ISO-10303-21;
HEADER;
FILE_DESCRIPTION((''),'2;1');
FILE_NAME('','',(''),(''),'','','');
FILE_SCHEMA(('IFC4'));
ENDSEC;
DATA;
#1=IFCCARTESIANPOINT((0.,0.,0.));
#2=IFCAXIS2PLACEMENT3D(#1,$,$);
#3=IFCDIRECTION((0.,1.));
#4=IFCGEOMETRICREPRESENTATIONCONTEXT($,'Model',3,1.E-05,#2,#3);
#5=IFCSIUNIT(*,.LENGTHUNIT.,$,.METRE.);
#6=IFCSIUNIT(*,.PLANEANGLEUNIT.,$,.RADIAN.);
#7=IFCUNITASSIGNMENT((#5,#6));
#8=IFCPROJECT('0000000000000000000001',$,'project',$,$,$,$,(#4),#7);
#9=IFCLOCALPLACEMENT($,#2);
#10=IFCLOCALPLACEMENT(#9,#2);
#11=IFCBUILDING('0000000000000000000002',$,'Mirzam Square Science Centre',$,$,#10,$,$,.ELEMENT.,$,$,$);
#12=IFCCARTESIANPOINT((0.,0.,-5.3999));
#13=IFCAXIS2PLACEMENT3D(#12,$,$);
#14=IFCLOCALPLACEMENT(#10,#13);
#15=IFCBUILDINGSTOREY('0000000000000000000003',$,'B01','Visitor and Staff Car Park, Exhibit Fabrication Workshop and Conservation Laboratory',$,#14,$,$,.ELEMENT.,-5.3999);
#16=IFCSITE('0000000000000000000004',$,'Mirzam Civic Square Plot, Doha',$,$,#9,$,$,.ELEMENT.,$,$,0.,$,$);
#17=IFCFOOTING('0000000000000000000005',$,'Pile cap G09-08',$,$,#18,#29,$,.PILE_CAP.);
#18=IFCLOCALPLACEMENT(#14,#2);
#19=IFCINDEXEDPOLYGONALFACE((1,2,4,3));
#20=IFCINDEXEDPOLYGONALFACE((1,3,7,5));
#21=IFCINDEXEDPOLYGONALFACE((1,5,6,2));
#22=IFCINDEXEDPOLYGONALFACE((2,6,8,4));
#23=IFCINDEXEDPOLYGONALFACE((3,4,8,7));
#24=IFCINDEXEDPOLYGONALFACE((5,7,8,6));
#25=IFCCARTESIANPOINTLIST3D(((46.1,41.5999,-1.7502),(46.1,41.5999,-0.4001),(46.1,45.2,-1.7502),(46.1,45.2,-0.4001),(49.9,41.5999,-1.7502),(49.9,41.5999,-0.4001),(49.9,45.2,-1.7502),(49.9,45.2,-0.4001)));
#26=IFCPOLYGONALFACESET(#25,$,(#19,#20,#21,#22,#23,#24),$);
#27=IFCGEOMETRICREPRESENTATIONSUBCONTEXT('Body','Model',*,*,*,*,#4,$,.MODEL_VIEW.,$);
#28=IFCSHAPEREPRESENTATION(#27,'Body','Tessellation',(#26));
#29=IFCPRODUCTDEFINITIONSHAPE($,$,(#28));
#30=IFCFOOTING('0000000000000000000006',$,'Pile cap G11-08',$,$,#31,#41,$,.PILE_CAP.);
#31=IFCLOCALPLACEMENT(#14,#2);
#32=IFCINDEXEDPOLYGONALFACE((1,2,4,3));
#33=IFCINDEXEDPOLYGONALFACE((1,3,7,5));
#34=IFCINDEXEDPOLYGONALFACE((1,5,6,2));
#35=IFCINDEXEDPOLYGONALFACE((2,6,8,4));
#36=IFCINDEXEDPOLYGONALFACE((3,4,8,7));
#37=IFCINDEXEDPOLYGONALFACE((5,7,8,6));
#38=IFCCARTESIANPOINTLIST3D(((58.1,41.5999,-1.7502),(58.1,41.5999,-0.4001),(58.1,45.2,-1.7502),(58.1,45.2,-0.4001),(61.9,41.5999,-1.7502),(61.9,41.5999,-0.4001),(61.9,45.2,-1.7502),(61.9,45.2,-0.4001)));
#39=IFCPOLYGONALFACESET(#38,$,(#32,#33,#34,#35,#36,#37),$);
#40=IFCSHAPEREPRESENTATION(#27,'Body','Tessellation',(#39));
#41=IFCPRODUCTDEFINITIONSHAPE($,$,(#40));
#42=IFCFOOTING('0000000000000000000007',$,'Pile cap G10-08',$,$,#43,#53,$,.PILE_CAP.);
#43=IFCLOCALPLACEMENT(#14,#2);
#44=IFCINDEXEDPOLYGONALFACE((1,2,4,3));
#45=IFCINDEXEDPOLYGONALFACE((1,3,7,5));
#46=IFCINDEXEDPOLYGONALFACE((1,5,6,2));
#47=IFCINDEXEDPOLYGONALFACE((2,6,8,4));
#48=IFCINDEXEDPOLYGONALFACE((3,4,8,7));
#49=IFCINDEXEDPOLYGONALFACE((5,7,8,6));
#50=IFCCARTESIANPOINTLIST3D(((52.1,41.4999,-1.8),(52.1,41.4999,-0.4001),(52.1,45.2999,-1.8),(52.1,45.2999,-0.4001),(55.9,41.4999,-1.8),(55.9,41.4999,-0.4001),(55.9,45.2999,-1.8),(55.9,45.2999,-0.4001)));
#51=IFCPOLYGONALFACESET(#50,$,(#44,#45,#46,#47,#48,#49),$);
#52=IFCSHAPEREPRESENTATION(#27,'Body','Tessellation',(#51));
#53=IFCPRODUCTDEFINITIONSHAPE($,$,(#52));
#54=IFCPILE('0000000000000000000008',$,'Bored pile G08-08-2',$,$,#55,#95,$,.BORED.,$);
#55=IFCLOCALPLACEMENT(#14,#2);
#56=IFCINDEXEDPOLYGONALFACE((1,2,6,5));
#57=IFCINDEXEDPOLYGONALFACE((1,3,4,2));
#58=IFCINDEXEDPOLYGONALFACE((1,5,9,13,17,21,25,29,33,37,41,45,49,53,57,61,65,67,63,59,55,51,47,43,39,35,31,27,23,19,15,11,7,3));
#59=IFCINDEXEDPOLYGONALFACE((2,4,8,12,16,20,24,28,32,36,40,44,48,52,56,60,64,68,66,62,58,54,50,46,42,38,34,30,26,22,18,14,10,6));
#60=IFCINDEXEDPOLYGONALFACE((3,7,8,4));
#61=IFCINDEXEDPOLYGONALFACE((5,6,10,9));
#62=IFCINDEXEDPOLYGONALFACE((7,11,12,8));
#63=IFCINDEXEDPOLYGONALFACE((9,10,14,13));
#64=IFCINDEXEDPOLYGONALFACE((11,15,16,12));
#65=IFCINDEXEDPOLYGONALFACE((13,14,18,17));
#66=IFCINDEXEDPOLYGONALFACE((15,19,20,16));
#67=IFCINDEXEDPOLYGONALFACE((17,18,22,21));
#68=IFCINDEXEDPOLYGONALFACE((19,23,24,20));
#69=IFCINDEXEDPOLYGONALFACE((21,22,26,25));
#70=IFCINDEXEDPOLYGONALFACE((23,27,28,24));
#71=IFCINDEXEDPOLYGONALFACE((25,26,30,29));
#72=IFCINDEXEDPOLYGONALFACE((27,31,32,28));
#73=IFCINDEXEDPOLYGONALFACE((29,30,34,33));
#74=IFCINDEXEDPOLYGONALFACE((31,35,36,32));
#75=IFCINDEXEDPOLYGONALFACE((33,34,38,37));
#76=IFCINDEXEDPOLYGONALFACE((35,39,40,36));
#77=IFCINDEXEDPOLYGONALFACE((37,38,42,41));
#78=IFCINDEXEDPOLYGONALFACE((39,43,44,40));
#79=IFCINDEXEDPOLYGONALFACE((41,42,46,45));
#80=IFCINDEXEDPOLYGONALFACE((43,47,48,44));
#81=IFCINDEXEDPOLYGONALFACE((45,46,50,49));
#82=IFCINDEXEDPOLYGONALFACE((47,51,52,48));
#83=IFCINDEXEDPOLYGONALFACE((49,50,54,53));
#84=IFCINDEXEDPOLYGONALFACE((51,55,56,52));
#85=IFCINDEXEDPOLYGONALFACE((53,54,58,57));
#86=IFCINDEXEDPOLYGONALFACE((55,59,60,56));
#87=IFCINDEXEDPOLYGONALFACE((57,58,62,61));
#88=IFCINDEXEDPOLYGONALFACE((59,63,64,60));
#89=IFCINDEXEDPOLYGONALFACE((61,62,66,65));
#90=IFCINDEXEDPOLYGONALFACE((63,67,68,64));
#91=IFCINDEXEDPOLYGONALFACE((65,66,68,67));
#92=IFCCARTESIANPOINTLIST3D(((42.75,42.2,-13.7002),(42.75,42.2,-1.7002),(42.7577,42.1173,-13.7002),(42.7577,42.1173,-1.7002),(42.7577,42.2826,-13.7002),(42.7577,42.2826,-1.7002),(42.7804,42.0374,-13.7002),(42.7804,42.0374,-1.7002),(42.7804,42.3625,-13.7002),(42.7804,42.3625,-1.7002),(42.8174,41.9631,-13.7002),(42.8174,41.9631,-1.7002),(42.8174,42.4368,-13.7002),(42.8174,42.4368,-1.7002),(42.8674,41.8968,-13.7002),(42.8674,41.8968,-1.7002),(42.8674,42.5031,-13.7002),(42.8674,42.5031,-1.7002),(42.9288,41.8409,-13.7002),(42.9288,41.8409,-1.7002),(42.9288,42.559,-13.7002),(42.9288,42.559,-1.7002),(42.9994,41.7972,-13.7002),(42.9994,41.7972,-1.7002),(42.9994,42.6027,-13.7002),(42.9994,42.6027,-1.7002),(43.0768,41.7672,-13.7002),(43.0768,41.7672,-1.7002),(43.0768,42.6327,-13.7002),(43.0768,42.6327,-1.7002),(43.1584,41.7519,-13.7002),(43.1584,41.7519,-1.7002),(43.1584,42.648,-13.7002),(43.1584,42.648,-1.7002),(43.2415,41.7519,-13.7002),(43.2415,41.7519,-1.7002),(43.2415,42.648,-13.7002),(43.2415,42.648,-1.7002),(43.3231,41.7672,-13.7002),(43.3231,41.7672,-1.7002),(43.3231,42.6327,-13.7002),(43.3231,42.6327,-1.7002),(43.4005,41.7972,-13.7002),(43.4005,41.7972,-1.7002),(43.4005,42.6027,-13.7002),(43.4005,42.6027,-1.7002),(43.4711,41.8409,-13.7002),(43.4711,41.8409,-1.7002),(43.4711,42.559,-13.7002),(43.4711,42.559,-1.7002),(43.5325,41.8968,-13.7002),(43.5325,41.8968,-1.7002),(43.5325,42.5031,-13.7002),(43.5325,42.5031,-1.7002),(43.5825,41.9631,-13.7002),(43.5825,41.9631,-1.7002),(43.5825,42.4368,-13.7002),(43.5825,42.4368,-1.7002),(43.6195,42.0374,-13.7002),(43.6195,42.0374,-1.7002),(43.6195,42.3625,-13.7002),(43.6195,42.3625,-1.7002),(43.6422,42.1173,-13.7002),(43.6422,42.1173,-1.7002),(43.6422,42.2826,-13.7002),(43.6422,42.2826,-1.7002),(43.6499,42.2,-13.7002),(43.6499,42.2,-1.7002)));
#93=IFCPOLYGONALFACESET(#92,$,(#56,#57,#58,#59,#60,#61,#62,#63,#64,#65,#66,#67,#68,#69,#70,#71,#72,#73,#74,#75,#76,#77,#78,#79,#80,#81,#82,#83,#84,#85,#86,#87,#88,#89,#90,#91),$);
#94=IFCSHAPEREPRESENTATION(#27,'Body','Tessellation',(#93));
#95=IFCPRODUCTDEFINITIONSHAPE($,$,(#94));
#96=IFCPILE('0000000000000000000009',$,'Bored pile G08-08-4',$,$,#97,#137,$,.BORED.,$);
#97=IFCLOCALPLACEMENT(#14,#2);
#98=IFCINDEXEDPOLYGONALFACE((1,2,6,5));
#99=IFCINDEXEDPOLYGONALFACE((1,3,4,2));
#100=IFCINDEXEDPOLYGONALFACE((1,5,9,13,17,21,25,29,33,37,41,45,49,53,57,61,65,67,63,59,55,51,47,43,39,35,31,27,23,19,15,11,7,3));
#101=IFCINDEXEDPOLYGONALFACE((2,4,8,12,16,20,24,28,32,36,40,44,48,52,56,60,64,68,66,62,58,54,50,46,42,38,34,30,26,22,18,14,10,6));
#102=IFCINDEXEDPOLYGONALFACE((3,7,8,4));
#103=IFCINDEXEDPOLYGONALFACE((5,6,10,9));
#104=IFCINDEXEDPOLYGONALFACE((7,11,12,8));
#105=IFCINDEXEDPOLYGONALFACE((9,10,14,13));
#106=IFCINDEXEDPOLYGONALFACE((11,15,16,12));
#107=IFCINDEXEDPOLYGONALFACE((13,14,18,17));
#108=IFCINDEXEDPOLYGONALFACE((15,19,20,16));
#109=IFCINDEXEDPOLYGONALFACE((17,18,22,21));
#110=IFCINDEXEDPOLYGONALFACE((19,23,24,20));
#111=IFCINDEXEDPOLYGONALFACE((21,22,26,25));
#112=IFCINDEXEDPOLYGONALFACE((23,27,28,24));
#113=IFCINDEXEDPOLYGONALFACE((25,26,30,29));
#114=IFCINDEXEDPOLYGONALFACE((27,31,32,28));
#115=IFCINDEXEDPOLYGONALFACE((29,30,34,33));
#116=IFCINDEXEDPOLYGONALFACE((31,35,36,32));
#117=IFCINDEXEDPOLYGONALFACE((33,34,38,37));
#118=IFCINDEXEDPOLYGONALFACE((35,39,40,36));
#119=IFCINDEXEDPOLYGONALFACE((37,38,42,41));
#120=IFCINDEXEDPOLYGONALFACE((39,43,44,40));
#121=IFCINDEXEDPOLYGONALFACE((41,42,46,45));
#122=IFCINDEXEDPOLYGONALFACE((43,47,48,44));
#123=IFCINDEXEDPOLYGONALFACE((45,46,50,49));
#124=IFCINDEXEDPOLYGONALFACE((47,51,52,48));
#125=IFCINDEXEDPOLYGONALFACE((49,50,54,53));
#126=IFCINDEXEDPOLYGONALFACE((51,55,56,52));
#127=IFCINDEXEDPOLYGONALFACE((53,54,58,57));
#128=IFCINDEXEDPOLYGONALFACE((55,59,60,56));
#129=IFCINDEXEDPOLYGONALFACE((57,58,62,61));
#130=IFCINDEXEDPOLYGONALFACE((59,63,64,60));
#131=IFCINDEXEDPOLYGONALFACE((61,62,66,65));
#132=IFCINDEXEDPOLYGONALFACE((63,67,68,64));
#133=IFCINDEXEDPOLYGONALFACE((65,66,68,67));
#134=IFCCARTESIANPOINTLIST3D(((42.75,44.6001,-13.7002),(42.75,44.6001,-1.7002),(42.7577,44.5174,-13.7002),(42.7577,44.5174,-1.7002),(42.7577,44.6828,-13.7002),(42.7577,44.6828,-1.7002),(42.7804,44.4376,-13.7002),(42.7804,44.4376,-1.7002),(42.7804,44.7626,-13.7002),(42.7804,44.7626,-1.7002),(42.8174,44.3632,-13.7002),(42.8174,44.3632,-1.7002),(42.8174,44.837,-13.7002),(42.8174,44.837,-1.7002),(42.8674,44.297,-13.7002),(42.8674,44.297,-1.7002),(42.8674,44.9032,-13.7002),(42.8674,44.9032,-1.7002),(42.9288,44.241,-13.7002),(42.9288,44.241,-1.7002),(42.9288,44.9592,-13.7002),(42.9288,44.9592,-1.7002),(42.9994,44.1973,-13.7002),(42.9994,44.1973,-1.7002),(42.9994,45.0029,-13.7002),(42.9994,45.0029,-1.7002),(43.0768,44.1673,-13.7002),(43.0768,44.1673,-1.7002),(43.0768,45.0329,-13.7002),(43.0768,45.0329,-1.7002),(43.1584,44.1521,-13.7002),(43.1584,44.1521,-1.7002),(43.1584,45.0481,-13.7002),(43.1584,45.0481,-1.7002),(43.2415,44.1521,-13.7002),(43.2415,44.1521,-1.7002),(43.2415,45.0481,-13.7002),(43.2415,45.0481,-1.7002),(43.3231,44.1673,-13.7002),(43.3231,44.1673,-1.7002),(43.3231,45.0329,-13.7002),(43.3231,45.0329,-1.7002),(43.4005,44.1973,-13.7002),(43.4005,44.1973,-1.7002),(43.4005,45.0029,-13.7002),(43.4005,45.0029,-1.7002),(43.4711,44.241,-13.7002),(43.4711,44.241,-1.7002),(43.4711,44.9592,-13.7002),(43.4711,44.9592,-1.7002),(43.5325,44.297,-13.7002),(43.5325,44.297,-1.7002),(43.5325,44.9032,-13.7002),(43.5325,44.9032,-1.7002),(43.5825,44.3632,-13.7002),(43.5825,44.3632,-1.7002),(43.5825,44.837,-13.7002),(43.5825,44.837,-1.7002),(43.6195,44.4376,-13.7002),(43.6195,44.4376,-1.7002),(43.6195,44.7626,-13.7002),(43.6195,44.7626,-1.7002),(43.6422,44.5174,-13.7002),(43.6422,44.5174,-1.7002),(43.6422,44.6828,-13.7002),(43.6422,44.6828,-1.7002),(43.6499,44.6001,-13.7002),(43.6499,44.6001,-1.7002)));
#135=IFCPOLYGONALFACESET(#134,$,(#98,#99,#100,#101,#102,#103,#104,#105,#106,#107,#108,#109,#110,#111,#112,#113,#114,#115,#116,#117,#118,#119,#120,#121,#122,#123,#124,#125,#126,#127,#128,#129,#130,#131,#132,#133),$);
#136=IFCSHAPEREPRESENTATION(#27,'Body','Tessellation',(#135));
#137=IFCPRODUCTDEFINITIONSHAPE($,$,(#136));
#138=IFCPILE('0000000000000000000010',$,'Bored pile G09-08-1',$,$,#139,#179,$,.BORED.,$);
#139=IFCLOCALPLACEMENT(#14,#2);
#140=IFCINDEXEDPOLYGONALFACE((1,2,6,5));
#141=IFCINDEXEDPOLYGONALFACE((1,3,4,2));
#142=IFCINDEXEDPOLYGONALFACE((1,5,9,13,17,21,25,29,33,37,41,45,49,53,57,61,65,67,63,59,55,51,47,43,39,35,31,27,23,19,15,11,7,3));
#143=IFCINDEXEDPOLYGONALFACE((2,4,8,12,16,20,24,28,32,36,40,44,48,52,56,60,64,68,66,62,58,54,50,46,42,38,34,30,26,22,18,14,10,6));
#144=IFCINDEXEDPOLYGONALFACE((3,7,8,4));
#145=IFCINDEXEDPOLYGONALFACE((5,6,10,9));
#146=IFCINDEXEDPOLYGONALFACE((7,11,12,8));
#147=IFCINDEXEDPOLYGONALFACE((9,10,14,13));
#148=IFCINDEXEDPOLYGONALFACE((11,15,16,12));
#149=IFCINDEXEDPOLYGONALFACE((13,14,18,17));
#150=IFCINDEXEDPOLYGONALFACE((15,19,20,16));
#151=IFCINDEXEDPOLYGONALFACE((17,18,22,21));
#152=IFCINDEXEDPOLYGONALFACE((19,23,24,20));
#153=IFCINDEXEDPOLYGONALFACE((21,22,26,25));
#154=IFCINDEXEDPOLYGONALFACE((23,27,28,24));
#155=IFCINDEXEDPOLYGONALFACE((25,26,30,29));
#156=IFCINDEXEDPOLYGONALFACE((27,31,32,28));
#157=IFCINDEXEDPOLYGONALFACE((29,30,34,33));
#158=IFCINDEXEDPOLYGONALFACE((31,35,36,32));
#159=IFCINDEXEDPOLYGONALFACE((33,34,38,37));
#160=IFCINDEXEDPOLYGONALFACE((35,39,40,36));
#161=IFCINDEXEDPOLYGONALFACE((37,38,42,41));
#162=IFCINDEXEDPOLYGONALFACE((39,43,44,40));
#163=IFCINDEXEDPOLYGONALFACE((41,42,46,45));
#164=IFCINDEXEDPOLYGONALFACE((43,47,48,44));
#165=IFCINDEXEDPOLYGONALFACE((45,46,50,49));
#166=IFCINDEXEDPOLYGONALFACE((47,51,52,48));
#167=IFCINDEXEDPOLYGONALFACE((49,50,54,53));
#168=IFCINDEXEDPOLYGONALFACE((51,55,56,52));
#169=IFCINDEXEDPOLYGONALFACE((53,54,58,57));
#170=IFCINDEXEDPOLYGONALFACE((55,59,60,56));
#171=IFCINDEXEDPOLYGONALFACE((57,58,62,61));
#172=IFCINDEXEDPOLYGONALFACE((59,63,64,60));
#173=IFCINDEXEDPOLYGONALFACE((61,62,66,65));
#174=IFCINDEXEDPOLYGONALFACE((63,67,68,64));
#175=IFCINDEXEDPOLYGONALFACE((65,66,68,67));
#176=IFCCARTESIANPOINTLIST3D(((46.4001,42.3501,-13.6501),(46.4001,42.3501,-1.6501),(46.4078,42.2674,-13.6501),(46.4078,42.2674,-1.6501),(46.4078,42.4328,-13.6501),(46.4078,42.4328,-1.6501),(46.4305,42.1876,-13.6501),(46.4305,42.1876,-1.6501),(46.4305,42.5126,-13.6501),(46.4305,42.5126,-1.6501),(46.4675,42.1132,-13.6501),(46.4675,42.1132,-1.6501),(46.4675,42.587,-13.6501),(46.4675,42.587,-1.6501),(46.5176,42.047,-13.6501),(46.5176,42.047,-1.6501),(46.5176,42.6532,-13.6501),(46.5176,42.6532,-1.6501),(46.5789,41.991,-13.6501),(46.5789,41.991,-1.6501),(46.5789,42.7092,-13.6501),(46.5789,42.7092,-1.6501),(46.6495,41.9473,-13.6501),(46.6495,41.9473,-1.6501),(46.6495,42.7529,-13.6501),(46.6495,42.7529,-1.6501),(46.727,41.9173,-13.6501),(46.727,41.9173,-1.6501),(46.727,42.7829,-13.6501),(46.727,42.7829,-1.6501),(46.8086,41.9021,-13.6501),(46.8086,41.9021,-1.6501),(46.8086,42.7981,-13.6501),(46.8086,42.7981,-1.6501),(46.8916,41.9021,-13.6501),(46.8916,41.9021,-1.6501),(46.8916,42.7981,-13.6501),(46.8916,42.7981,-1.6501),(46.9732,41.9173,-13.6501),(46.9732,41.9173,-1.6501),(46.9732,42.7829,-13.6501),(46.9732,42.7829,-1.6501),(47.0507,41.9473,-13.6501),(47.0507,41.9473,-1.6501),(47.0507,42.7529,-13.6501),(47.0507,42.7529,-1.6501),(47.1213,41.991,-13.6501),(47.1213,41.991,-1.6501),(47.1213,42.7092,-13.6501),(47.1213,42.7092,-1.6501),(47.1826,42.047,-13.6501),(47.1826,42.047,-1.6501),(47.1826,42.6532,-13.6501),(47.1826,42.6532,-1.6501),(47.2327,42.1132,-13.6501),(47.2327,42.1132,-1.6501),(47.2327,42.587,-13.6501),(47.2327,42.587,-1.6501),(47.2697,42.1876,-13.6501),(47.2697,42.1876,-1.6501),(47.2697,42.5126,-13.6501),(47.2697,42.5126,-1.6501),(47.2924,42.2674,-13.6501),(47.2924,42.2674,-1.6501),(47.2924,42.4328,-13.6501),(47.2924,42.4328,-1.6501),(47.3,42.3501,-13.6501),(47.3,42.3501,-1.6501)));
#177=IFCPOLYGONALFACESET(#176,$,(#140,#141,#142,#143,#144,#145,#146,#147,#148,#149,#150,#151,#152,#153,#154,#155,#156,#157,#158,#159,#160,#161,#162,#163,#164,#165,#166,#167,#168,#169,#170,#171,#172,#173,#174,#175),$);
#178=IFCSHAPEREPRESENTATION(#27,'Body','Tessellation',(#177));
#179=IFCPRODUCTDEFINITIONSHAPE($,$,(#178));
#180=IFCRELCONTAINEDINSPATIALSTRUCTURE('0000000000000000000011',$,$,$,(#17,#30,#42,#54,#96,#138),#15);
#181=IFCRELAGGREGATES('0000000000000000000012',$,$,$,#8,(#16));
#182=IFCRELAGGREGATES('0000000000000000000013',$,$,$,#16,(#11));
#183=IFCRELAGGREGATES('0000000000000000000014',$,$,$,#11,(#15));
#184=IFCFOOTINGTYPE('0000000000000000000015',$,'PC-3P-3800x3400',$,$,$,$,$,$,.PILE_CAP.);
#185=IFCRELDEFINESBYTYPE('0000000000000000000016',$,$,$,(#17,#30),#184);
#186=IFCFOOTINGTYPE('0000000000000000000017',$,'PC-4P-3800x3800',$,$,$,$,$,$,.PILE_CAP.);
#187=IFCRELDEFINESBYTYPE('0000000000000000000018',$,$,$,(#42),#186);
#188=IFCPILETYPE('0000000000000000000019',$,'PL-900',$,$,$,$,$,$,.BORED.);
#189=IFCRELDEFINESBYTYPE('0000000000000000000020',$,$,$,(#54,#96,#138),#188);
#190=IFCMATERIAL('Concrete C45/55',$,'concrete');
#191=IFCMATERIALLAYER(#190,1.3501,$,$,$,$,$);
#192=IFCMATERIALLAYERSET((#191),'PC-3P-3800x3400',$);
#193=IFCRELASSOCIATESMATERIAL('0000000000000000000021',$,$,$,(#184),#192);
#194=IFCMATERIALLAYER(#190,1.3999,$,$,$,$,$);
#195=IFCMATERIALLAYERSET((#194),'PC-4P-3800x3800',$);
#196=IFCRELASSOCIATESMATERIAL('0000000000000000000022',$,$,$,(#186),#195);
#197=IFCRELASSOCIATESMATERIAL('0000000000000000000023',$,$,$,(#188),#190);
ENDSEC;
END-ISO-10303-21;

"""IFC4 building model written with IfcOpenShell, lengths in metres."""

from ifc_helpers import new_model, si_unit, direction, frame, origin, origin_2d, place, context, subcontext, project, spatial, rectangle, circle, extrude, material, layer, layer_set, material_profile, profile_set, type_object, element, save


model = new_model("IFC4")

# Units and contexts
model_context = context("Model", 3, precision=1e-05, world=origin(), true_north=direction((0.0, 1.0)))
body_context = subcontext(model_context, "Body", "Model", "MODEL_VIEW")
ifc_project = project(units=[si_unit("LENGTHUNIT", "METRE"), si_unit("PLANEANGLEUNIT", "RADIAN")], contexts=[model_context])

# Site, building, storey
site_placement = place(None, origin())
site = spatial("IfcSite", under=ifc_project, at=site_placement, Name="Mirzam Civic Square Plot, Doha", CompositionType="ELEMENT", RefElevation=0.0)
building_placement = place(site_placement, origin())
building = spatial("IfcBuilding", under=site, at=building_placement, Name="Mirzam Square Science Centre", CompositionType="ELEMENT")
storey_placement = place(building_placement, frame((0.0, 0.0, -5.3999)))
storey = spatial("IfcBuildingStorey", under=building, at=storey_placement, Name="B01", Description="Visitor and Staff Car Park, Exhibit Fabrication Workshop and Conservation Laboratory", CompositionType="ELEMENT", Elevation=-5.3999)

# Footings
ifc_material_1 = material(Name="Concrete C45/55", Category="concrete")
ifc_layer_1 = layer(ifc_material_1, 1.3501)
ifc_layer_set_1 = layer_set([ifc_layer_1], Name="PC-3P-3800x3400")
footing_type_1 = type_object("IfcFootingType", Name="PC-3P-3800x3400", PredefinedType="PILE_CAP", material=ifc_layer_set_1)
for number, where, z_axis, x_axis, name in (
    (1, (48.0, 43.3999, -1.7502), (0.0, 0.0, 1.0), (1.0, 0.0, 0.0), "Pile cap G09-08"),
    (2, (60.0, 43.3999, -1.7502), (0.0, 0.0, 1.0), (1.0, 0.0, 0.0), "Pile cap G11-08"),
):
    element("IfcFooting", number, at=place(storey_placement, frame(where, z_axis=z_axis, x_axis=x_axis)), inside=storey, type_object=footing_type_1, Name=name, PredefinedType="PILE_CAP", context=body_context, shape_type="SweptSolid", body=[
        extrude(rectangle(XDim=3.8, YDim=3.6001, at=origin_2d()), origin(), (0.0, 0.0, 1.0), 1.3501),
    ])
ifc_layer_2 = layer(ifc_material_1, 1.3999)
ifc_layer_set_2 = layer_set([ifc_layer_2], Name="PC-4P-3800x3800")
footing_type_2 = type_object("IfcFootingType", Name="PC-4P-3800x3800", PredefinedType="PILE_CAP", material=ifc_layer_set_2)
footing_placement = place(storey_placement, frame((54.0, 43.3999, -1.8), z_axis=(0.0, 0.0, 1.0), x_axis=(1.0, 0.0, 0.0)))
element("IfcFooting", 3, at=footing_placement, inside=storey, type_object=footing_type_2, Name="Pile cap G10-08", PredefinedType="PILE_CAP", context=body_context, shape_type="SweptSolid", body=[
    extrude(rectangle(XDim=3.8, YDim=3.8, at=origin_2d()), origin(), (0.0, 0.0, 1.0), 1.3999),
])

# Piles
ifc_material_profile_1 = material_profile(ifc_material_1, circle(Radius=0.45, at=origin_2d()), Name="PILE-D900")
ifc_profile_set_1 = profile_set([ifc_material_profile_1], Name="Concrete C45/55")
pile_type = type_object("IfcPileType", Name="PL-900", PredefinedType="BORED", material=ifc_profile_set_1)
for number, where, z_axis, x_axis, name in (
    (4, (43.2, 42.2, -1.7002), (0.0, 0.0, -1.0), (1.0, 0.0, 0.0), "Bored pile G08-08-2"),
    (5, (43.2, 44.6001, -1.7002), (0.0, 0.0, -1.0), (1.0, 0.0, 0.0), "Bored pile G08-08-4"),
    (6, (46.8501, 42.3501, -1.6501), (0.0, 0.0, -1.0), (1.0, 0.0, 0.0), "Bored pile G09-08-1"),
):
    element("IfcPile", number, at=place(storey_placement, frame(where, z_axis=z_axis, x_axis=x_axis)), inside=storey, type_object=pile_type, Name=name, PredefinedType="BORED", context=body_context, shape_type="SweptSolid", body=[
        extrude(circle(Radius=0.45, at=origin_2d()), origin(), (0.0, 0.0, 1.0), 12.0),
    ])

save(model, "model.ifc")
